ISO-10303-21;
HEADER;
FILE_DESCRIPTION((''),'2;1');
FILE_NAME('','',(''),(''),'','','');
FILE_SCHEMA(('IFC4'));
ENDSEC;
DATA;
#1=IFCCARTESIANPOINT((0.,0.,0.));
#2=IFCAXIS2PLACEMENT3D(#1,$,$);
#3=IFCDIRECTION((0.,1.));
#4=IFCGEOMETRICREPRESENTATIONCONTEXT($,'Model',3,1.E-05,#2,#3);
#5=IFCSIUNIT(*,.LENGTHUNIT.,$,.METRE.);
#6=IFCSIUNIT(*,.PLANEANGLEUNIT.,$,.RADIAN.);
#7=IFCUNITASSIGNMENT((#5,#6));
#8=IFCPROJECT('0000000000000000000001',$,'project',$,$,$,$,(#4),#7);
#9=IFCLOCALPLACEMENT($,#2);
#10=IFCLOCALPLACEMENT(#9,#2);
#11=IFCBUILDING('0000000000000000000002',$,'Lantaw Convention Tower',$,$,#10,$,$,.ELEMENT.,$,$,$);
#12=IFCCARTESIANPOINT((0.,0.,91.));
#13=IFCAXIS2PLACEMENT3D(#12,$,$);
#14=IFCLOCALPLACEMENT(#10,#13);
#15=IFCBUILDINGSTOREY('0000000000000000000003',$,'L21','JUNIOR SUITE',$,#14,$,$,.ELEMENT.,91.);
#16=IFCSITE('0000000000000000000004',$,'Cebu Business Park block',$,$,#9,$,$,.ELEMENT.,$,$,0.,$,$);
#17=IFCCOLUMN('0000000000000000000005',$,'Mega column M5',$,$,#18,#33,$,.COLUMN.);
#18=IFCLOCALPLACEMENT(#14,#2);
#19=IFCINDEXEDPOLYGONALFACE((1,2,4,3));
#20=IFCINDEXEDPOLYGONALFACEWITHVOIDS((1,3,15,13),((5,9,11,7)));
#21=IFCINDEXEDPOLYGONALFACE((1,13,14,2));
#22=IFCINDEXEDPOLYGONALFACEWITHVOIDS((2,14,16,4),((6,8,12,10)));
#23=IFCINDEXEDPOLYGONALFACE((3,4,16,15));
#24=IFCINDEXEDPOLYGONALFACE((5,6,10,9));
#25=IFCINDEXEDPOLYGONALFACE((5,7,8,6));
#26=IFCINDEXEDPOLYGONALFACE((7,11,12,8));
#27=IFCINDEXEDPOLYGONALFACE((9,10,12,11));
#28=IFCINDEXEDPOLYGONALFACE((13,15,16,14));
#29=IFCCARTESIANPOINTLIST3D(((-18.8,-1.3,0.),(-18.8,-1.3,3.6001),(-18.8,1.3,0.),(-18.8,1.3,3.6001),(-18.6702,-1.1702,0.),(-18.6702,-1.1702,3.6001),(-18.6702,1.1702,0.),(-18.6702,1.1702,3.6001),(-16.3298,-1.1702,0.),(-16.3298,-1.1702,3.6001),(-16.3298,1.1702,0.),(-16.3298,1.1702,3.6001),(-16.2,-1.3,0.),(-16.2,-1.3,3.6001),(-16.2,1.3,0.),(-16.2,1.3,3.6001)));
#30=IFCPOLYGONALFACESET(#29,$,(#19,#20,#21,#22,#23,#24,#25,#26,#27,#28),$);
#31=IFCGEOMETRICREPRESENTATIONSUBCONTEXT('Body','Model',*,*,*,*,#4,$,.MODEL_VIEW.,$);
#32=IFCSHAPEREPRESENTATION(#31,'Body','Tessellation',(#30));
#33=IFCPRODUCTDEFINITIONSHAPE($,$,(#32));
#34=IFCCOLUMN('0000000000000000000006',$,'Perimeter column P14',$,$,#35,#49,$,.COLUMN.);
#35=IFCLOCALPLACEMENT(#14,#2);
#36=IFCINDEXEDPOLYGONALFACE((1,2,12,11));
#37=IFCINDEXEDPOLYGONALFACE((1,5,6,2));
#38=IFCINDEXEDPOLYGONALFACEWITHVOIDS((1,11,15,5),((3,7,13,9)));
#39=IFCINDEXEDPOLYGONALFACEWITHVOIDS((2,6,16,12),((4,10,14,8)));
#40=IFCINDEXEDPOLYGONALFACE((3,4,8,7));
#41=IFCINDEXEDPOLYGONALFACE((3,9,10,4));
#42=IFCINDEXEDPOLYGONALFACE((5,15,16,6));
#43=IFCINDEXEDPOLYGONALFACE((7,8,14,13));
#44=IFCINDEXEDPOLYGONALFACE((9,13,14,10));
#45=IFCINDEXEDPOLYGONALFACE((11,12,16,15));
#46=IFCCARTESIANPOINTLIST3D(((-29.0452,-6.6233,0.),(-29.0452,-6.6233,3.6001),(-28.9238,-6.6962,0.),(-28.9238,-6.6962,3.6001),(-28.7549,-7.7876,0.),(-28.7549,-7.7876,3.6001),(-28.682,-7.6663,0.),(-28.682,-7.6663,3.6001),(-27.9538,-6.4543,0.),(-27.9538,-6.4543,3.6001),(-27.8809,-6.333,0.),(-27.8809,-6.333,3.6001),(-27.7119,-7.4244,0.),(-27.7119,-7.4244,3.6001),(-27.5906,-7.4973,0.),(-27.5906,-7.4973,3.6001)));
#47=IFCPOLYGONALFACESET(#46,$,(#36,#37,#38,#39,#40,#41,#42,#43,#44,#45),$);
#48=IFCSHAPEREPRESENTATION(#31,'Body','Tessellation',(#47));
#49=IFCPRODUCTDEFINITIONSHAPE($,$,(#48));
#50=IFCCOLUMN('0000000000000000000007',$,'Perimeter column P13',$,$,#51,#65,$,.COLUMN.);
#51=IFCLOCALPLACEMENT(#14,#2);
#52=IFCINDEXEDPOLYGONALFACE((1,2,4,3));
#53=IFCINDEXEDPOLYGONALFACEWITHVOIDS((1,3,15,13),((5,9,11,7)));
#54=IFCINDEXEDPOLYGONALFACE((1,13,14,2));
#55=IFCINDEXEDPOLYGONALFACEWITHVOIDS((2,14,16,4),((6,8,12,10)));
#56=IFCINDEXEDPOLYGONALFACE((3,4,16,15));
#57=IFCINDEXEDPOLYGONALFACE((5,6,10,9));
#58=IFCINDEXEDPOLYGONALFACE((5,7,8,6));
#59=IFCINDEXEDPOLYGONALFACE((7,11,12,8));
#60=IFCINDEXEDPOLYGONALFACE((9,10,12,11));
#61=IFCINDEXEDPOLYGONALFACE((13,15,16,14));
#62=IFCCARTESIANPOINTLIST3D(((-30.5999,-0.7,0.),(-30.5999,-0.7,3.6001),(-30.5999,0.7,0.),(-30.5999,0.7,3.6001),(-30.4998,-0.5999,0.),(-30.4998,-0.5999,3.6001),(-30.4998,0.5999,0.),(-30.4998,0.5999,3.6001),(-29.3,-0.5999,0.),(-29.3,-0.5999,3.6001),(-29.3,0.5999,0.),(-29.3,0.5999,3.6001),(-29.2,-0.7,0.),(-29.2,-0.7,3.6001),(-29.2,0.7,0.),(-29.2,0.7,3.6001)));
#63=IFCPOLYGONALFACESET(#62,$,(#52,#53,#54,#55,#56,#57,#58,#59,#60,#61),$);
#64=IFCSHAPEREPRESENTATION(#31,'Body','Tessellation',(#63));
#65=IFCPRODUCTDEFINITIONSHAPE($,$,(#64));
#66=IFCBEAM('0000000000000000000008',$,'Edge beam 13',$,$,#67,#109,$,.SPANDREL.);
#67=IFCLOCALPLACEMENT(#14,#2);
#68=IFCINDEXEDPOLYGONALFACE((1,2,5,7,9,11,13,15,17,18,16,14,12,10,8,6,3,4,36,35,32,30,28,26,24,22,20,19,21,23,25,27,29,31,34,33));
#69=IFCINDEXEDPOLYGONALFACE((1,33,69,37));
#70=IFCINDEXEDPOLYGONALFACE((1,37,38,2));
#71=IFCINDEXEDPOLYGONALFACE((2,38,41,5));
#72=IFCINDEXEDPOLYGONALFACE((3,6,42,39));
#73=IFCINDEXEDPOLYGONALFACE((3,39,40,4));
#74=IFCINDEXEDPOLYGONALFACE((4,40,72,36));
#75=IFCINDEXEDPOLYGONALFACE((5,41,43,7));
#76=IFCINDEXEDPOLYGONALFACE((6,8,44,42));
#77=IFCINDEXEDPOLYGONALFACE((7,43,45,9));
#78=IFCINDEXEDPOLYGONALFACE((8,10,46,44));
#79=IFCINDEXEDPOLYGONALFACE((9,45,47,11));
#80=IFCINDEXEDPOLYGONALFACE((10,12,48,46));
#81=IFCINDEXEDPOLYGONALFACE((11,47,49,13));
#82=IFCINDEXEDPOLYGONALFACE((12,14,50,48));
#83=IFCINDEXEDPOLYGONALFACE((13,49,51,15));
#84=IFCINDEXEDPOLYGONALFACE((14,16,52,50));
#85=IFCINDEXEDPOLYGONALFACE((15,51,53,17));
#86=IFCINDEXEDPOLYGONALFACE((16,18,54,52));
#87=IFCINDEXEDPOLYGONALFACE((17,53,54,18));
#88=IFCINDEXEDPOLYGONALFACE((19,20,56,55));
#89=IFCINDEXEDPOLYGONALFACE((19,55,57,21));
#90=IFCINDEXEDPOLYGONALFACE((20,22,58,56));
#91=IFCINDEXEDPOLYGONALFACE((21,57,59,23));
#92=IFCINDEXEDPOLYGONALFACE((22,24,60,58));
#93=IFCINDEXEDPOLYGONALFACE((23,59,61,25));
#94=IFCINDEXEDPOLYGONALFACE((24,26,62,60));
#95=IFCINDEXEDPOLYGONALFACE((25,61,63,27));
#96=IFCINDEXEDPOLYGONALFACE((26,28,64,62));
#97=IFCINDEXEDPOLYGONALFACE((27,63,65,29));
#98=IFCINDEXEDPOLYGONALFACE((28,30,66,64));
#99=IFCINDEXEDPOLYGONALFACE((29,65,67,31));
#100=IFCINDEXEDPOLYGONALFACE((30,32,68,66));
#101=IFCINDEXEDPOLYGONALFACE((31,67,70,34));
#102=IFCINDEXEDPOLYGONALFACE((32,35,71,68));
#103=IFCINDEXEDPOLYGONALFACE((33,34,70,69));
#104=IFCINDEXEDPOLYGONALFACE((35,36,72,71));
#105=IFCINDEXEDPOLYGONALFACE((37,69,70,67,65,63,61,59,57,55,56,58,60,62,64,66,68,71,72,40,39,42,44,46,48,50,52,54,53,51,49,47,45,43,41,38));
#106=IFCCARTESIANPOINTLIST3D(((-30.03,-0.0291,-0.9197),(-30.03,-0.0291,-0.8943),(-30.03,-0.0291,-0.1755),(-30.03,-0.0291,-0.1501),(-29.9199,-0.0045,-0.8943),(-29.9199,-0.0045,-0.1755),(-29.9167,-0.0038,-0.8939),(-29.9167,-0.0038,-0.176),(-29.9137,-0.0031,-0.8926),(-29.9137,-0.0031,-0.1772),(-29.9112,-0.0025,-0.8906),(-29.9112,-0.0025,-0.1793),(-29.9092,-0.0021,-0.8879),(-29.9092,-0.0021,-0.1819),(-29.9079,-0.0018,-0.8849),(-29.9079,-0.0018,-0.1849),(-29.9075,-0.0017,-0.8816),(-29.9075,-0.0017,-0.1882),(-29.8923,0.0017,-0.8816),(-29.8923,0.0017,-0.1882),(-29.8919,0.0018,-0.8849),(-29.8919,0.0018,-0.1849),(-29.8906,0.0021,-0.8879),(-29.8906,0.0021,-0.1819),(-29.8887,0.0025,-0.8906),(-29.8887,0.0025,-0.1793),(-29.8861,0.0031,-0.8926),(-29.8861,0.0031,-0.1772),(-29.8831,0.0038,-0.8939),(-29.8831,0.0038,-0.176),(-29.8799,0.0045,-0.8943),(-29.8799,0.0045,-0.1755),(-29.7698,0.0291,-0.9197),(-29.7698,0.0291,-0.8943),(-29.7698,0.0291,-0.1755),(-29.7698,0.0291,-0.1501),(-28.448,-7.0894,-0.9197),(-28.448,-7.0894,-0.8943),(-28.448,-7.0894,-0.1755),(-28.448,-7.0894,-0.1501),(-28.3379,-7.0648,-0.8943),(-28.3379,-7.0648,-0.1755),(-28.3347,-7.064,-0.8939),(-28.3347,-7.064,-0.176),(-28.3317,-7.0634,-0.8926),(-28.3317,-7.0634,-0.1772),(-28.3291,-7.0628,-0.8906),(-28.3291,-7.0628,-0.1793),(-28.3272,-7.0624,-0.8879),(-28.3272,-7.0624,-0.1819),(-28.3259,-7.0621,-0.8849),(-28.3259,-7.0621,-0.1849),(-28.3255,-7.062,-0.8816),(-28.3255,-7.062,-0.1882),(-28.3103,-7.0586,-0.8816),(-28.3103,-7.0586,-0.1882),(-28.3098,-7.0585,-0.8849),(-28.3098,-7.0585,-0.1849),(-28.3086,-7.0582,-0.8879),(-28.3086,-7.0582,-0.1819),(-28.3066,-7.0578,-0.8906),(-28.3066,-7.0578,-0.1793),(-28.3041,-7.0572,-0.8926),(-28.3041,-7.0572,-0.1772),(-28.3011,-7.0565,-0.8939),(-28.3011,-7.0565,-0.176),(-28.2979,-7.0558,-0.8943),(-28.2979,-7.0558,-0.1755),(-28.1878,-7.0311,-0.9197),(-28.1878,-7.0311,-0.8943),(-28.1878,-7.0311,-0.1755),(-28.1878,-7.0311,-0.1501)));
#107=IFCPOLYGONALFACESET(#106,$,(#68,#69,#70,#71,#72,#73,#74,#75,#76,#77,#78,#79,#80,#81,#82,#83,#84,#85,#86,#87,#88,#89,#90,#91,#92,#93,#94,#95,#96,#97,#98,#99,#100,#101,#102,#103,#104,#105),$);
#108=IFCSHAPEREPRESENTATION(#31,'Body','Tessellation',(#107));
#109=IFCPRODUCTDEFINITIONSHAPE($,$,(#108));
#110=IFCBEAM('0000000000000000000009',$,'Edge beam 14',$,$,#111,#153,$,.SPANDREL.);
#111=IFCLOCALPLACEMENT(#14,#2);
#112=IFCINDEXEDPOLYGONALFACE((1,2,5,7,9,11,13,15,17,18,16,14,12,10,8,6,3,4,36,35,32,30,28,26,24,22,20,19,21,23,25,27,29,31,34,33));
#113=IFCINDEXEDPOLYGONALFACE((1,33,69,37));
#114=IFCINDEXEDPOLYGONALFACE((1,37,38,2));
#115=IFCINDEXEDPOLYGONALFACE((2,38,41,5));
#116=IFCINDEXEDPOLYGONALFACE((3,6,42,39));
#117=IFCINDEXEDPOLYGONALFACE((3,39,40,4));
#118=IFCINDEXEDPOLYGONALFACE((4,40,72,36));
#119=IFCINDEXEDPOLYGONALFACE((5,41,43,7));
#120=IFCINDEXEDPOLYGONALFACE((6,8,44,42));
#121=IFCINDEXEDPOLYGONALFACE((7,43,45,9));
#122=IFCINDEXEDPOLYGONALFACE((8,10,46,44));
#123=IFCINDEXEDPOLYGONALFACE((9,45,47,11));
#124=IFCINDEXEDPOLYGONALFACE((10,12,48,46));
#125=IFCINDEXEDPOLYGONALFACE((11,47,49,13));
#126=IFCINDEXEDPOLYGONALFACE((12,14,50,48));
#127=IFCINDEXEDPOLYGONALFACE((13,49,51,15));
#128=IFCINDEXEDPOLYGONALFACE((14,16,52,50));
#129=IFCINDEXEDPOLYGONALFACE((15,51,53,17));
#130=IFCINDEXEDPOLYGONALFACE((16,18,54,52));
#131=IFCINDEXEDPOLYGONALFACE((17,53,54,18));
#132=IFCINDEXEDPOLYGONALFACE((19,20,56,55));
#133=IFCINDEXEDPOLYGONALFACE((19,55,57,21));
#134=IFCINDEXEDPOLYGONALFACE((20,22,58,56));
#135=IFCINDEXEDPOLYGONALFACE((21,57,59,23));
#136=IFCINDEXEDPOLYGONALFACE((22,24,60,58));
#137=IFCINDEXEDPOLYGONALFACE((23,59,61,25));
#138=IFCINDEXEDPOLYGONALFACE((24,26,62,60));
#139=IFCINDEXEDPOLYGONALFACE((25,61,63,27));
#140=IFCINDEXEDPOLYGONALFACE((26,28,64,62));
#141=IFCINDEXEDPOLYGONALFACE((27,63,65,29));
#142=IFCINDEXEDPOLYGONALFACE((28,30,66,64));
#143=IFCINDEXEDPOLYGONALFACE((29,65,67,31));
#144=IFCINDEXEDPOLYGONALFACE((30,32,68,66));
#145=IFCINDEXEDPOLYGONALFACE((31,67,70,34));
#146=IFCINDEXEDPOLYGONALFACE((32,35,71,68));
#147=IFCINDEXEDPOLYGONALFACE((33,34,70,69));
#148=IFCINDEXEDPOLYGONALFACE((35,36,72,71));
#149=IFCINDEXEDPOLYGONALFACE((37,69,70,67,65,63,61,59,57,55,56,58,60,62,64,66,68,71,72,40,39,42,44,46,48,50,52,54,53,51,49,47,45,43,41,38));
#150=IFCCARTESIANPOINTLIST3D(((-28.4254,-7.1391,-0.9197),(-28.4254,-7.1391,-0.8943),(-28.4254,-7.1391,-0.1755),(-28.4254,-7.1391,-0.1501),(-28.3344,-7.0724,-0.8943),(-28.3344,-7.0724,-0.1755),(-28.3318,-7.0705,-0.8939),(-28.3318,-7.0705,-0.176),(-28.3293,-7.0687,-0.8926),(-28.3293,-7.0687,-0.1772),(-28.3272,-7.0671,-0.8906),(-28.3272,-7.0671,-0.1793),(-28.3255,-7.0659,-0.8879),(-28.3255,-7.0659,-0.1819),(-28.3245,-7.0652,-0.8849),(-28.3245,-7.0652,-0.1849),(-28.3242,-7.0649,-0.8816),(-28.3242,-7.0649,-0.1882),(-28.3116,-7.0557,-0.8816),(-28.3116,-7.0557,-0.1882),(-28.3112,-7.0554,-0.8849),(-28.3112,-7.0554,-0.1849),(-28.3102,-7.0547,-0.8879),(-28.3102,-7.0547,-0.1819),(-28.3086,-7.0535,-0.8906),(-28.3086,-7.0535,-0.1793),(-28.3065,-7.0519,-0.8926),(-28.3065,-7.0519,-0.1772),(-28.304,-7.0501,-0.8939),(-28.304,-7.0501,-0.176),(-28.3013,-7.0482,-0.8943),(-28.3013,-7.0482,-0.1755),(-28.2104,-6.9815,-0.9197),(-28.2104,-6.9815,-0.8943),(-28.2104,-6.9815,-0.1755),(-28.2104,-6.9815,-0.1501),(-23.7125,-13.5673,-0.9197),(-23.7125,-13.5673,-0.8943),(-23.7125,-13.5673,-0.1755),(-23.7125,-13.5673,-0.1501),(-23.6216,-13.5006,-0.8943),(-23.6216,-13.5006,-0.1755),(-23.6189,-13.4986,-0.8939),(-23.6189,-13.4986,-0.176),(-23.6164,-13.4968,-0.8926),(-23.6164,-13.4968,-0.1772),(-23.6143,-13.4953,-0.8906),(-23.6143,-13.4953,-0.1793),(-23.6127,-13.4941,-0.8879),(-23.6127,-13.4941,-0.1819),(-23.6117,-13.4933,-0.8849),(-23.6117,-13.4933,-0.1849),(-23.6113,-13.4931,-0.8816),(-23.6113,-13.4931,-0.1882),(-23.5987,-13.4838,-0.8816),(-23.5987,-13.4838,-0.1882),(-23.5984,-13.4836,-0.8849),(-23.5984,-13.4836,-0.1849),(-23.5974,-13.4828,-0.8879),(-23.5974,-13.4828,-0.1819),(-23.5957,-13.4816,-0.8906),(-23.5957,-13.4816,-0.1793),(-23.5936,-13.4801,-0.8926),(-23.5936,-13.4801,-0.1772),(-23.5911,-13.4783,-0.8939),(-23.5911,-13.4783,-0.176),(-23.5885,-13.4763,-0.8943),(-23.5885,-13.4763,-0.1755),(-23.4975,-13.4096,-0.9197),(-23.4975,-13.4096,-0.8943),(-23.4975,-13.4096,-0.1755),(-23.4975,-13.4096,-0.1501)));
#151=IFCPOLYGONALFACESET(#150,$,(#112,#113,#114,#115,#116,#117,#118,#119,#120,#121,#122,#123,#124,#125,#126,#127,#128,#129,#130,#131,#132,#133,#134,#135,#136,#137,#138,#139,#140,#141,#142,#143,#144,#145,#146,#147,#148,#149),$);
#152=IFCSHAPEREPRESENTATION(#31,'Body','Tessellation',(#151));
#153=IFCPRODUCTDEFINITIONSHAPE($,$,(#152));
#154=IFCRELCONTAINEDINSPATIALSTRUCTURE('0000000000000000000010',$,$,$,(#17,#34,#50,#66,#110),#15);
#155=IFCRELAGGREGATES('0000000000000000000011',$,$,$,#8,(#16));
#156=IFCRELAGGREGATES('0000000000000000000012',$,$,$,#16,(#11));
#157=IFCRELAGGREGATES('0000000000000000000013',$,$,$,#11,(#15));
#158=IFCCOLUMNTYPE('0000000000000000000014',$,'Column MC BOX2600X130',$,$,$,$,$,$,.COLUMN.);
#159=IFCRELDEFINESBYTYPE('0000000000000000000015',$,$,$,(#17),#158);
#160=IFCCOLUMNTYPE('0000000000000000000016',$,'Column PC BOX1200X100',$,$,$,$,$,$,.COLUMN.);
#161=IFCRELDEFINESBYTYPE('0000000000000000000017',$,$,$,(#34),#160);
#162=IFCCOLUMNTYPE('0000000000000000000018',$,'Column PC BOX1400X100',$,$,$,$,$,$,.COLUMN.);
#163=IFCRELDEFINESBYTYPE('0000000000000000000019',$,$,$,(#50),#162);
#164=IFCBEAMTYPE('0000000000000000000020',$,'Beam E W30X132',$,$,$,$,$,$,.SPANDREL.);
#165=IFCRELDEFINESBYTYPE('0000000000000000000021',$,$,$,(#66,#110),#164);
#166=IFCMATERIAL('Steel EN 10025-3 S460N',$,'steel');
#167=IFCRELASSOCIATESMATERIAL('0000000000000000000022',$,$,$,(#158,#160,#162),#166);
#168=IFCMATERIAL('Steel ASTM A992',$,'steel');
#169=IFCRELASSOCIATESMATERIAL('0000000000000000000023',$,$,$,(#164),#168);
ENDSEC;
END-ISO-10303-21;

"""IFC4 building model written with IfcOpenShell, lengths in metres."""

from ifc_helpers import new_model, si_unit, direction, frame, origin, origin_2d, place, context, subcontext, project, spatial, rectangle, hollow_rectangle, i_section, extrude, material, material_profile, profile_set, type_object, element, save


model = new_model("IFC4")

# Units and contexts
model_context = context("Model", 3, precision=1e-05, world=origin(), true_north=direction((0.0, 1.0)))
body_context = subcontext(model_context, "Body", "Model", "MODEL_VIEW")
ifc_project = project(units=[si_unit("LENGTHUNIT", "METRE"), si_unit("PLANEANGLEUNIT", "RADIAN")], contexts=[model_context])

# Site, building, storey
site_placement = place(None, origin())
site = spatial("IfcSite", under=ifc_project, at=site_placement, Name="Cebu Business Park block", CompositionType="ELEMENT", RefElevation=0.0)
building_placement = place(site_placement, origin())
building = spatial("IfcBuilding", under=site, at=building_placement, Name="Lantaw Convention Tower", CompositionType="ELEMENT")
storey_placement = place(building_placement, frame((0.0, 0.0, 91.0)))
storey = spatial("IfcBuildingStorey", under=building, at=storey_placement, Name="L21", Description="JUNIOR SUITE", CompositionType="ELEMENT", Elevation=91.0)

# Columns
ifc_material_1 = material(Name="Steel EN 10025-3 S460N", Category="steel")
ifc_material_profile_1 = material_profile(ifc_material_1, hollow_rectangle(XDim=2.6001, YDim=2.6001, WallThickness=0.1299, at=origin_2d()), Name="BOX2600X130")
ifc_material_2 = material(Name="Concrete C60/75", Category="concrete")
ifc_material_profile_2 = material_profile(ifc_material_2, rectangle(XDim=2.3401, YDim=2.3401, at=origin_2d()), Name="Concrete fill of BOX2600X130")
ifc_profile_set_1 = profile_set([ifc_material_profile_1, ifc_material_profile_2], Name="Steel EN 10025-3 S460N")
column_type_1 = type_object("IfcColumnType", Name="Column MC BOX2600X130", PredefinedType="COLUMN", material=ifc_profile_set_1)
column_1_placement = place(storey_placement, frame((-17.5, 0.0, 0.0), z_axis=(0.0, 0.0, 1.0), x_axis=(1.0, 0.0, 0.0)))
element("IfcColumn", 1, at=column_1_placement, inside=storey, type_object=column_type_1, Name="Mega column M5", PredefinedType="COLUMN", context=body_context, shape_type="SweptSolid", body=[
    extrude(hollow_rectangle(XDim=2.6001, YDim=2.6001, WallThickness=0.1299, at=origin_2d()), origin(), (0.0, 0.0, 1.0), 3.6001),
])
ifc_material_profile_3 = material_profile(ifc_material_1, hollow_rectangle(XDim=1.2, YDim=1.2, WallThickness=0.1001, at=origin_2d()), Name="BOX1200X100")
ifc_material_profile_4 = material_profile(ifc_material_2, rectangle(XDim=1.0, YDim=1.0, at=origin_2d()), Name="Concrete fill of BOX1200X100")
ifc_profile_set_2 = profile_set([ifc_material_profile_3, ifc_material_profile_4], Name="Steel EN 10025-3 S460N")
column_type_2 = type_object("IfcColumnType", Name="Column PC BOX1200X100", PredefinedType="COLUMN", material=ifc_profile_set_2)
column_2_placement = place(storey_placement, frame((-28.3179, -7.0603, 0.0), z_axis=(0.0, 0.0, 1.0), x_axis=(0.970296, 0.241922, 0.0)))
element("IfcColumn", 2, at=column_2_placement, inside=storey, type_object=column_type_2, Name="Perimeter column P14", PredefinedType="COLUMN", context=body_context, shape_type="SweptSolid", body=[
    extrude(hollow_rectangle(XDim=1.2, YDim=1.2, WallThickness=0.1001, at=origin_2d()), origin(), (0.0, 0.0, 1.0), 3.6001),
])
ifc_material_profile_5 = material_profile(ifc_material_1, hollow_rectangle(XDim=1.3999, YDim=1.3999, WallThickness=0.1001, at=origin_2d()), Name="BOX1400X100")
ifc_material_profile_6 = material_profile(ifc_material_2, rectangle(XDim=1.2, YDim=1.2, at=origin_2d()), Name="Concrete fill of BOX1400X100")
ifc_profile_set_3 = profile_set([ifc_material_profile_5, ifc_material_profile_6], Name="Steel EN 10025-3 S460N")
column_type_3 = type_object("IfcColumnType", Name="Column PC BOX1400X100", PredefinedType="COLUMN", material=ifc_profile_set_3)
column_3_placement = place(storey_placement, frame((-29.8999, 0.0, 0.0), z_axis=(0.0, 0.0, 1.0), x_axis=(1.0, 0.0, 0.0)))
element("IfcColumn", 3, at=column_3_placement, inside=storey, type_object=column_type_3, Name="Perimeter column P13", PredefinedType="COLUMN", context=body_context, shape_type="SweptSolid", body=[
    extrude(hollow_rectangle(XDim=1.3999, YDim=1.3999, WallThickness=0.1001, at=origin_2d()), origin(), (0.0, 0.0, 1.0), 3.6001),
])

# Beams
ifc_material_3 = material(Name="Steel ASTM A992", Category="steel")
ifc_material_profile_7 = material_profile(ifc_material_3, i_section(OverallWidth=0.2666, OverallDepth=0.7695, WebThickness=0.0156, FlangeThickness=0.0254, FilletRadius=0.0127, at=origin_2d()), Name="W30X132")
ifc_profile_set_4 = profile_set([ifc_material_profile_7], Name="Steel ASTM A992")
beam_type_1 = type_object("IfcBeamType", Name="Beam E W30X132", PredefinedType="SPANDREL", material=ifc_profile_set_4)
beam_1_placement = place(storey_placement, frame((-29.8999, 0.0, -0.5349), z_axis=(0.218652, -0.975803, 0.0), x_axis=(0.975803, 0.218652, 0.0)))
element("IfcBeam", 4, at=beam_1_placement, inside=storey, type_object=beam_type_1, Name="Edge beam 13", PredefinedType="SPANDREL", context=body_context, shape_type="SweptSolid", body=[
    extrude(i_section(OverallWidth=0.2666, OverallDepth=0.7695, WebThickness=0.0156, FlangeThickness=0.0254, FilletRadius=0.0127, at=origin_2d()), origin(), (0.0, 0.0, 1.0), 7.2354),
])
beam_2_placement = place(storey_placement, frame((-28.3179, -7.0603, -0.5349), z_axis=(0.591271, -0.806473, 0.0), x_axis=(0.806473, 0.591271, 0.0)))
element("IfcBeam", 5, at=beam_2_placement, inside=storey, type_object=beam_type_1, Name="Edge beam 14", PredefinedType="SPANDREL", context=body_context, shape_type="SweptSolid", body=[
    extrude(i_section(OverallWidth=0.2666, OverallDepth=0.7695, WebThickness=0.0156, FlangeThickness=0.0254, FilletRadius=0.0127, at=origin_2d()), origin(), (0.0, 0.0, 1.0), 7.9707),
])

save(model, "model.ifc")
